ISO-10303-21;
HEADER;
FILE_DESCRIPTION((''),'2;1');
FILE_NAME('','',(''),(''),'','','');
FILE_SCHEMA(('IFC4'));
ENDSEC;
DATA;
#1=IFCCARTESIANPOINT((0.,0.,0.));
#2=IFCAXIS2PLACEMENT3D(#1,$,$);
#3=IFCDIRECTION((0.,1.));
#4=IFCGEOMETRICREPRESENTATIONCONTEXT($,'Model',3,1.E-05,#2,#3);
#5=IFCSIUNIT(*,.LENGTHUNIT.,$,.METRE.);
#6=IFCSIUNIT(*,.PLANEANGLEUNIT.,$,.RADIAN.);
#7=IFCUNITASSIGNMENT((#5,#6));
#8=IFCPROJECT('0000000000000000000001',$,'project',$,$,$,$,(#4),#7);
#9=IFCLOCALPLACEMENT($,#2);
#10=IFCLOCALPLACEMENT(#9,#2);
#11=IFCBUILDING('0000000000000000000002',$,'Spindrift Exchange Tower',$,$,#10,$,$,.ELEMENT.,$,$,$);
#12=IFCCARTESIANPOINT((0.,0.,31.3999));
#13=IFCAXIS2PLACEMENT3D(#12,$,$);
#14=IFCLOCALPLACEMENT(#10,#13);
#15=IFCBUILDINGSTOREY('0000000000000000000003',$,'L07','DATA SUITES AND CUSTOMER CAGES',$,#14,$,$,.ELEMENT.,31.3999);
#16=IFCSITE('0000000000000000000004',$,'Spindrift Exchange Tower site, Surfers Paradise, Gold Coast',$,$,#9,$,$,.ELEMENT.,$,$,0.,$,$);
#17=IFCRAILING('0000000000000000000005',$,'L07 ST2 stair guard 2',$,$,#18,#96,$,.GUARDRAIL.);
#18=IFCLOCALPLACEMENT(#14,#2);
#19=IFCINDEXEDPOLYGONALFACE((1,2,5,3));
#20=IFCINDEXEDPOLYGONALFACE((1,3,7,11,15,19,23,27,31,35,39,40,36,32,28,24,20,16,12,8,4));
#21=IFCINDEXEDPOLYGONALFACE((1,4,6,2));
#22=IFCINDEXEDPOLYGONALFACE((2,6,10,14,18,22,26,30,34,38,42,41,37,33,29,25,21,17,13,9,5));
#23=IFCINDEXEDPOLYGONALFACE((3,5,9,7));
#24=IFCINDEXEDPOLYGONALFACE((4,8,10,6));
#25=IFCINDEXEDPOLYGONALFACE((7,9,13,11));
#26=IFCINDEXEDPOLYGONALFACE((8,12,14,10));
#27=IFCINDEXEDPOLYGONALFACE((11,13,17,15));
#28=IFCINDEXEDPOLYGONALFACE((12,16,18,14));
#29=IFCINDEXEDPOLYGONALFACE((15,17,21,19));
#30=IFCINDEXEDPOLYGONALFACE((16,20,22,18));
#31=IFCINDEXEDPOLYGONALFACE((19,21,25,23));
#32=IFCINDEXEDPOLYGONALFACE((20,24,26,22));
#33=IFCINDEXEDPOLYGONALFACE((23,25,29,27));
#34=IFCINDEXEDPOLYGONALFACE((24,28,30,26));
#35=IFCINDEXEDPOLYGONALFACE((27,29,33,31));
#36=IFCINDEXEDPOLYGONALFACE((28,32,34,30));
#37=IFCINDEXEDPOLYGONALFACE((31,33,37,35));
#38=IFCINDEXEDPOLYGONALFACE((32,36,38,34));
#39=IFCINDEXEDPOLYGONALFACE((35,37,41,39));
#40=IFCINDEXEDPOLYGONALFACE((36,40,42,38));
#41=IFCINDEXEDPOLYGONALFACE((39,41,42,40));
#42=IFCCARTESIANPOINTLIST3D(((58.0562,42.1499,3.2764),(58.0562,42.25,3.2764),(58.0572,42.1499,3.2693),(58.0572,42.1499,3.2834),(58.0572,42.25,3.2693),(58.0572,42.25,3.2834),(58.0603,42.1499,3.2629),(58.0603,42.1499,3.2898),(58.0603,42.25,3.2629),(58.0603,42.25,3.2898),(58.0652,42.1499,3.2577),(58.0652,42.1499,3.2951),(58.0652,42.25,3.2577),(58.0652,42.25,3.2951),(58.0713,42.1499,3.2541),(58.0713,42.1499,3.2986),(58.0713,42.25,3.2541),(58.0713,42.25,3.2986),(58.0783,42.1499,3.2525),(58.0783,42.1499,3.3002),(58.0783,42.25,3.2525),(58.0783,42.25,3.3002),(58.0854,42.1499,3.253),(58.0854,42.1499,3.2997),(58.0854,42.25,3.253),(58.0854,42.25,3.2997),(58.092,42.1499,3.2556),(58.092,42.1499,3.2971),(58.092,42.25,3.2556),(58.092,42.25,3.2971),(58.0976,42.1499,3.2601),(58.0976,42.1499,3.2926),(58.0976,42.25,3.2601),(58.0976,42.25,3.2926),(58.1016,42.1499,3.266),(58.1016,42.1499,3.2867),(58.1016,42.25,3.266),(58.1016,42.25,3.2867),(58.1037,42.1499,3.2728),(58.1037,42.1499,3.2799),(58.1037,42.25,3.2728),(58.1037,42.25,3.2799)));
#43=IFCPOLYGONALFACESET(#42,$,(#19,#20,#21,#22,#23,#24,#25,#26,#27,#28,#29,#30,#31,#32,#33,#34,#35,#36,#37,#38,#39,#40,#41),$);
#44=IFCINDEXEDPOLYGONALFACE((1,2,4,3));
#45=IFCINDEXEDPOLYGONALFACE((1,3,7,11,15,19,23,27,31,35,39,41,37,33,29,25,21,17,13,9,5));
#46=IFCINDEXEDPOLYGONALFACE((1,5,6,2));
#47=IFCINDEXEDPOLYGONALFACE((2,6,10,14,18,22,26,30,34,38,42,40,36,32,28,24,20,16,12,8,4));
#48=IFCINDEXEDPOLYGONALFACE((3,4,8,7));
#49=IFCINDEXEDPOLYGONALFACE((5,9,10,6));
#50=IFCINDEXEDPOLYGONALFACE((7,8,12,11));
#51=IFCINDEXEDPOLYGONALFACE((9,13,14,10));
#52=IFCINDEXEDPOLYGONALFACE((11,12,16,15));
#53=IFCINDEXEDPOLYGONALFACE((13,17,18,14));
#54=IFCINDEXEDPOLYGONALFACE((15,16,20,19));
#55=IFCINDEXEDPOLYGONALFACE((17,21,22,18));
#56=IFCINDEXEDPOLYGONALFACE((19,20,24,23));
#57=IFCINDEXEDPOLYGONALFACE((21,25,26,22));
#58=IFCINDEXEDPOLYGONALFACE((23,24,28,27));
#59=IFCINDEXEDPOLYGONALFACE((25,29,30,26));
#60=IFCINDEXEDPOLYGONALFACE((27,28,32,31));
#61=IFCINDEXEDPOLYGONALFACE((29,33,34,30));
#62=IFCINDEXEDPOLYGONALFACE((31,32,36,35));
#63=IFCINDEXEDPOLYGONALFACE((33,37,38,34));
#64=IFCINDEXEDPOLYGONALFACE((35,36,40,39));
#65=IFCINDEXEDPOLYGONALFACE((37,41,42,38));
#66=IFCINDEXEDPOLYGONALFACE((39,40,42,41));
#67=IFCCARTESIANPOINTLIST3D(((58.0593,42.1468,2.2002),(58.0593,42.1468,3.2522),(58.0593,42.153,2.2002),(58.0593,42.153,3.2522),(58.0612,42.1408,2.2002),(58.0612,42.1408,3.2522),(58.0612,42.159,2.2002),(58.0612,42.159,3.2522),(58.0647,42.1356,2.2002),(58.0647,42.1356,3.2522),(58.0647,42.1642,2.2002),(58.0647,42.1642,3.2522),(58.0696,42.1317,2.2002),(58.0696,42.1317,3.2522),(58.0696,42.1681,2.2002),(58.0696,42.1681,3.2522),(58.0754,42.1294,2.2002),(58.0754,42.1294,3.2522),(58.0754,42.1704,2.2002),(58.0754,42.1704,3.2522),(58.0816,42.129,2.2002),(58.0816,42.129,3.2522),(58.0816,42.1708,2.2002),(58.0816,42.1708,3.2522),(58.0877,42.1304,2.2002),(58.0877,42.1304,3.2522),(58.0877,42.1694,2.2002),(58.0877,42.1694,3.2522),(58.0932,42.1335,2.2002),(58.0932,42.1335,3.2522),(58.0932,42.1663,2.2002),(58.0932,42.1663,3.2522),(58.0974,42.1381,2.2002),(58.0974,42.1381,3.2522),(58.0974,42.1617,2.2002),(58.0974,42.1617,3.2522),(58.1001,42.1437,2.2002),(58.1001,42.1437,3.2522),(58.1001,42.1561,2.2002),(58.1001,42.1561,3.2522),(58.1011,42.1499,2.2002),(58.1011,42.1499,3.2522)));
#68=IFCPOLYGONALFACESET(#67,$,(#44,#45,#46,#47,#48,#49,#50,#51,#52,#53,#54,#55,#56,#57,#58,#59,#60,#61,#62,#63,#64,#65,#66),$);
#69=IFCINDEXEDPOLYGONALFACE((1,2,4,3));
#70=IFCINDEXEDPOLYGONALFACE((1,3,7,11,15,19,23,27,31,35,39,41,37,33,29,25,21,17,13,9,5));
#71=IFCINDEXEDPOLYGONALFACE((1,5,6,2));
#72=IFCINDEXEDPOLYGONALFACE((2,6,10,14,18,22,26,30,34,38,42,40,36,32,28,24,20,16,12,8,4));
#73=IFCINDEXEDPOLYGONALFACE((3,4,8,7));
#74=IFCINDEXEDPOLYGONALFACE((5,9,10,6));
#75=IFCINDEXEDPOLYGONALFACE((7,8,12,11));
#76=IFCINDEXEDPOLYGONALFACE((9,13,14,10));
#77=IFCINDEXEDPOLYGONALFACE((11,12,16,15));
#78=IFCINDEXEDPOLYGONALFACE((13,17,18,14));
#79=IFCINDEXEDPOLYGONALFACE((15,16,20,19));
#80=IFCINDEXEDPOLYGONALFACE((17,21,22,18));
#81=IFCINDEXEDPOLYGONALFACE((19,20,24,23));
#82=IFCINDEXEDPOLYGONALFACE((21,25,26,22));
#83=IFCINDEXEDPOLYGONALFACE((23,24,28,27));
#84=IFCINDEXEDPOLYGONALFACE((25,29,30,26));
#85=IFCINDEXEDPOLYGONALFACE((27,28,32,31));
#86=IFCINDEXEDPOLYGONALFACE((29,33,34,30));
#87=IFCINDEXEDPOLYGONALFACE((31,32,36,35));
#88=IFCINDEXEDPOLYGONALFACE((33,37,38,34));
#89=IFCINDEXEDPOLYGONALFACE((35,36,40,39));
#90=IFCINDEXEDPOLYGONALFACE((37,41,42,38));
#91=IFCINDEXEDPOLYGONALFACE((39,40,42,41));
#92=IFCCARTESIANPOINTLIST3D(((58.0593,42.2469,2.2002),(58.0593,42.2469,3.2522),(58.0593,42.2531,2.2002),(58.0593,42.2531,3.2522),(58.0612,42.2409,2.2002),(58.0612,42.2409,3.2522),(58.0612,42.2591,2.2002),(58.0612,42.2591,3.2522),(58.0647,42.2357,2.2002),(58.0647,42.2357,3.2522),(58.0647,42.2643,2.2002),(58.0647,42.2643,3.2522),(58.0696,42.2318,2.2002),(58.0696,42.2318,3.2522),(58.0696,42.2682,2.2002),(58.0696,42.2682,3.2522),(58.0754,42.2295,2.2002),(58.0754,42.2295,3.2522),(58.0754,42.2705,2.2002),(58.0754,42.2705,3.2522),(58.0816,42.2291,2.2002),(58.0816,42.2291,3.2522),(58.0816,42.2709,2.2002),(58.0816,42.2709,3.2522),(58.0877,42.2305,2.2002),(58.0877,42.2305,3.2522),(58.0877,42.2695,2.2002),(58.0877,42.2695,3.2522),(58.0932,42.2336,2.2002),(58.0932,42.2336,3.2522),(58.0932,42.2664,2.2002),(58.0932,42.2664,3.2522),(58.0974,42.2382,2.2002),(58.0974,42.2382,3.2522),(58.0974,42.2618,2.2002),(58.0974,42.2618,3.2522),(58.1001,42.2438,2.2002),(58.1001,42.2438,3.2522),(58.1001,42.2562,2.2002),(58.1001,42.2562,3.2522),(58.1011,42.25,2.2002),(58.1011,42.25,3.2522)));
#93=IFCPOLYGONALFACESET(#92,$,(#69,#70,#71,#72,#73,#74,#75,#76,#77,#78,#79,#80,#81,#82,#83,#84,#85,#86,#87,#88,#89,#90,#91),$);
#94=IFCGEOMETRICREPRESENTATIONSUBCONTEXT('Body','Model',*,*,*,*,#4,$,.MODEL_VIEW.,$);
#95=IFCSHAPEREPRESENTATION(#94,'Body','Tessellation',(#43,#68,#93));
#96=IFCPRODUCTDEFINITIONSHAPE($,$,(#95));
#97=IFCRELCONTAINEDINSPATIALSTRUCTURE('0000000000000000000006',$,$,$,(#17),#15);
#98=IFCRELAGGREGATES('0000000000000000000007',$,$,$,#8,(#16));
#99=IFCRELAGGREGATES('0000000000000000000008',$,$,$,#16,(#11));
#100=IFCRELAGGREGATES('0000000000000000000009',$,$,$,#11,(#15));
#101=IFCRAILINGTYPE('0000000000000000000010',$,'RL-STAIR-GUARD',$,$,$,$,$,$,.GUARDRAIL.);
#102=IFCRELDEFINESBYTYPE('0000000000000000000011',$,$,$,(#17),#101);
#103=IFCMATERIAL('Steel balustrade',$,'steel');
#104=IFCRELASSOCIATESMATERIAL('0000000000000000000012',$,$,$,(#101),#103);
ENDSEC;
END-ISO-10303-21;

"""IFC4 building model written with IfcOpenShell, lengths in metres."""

from ifc_helpers import new_model, si_unit, direction, frame, origin, origin_2d, place, context, subcontext, project, spatial, circle, extrude, material, type_object, element, save


model = new_model("IFC4")

# Units and contexts
model_context = context("Model", 3, precision=1e-05, world=origin(), true_north=direction((0.0, 1.0)))
body_context = subcontext(model_context, "Body", "Model", "MODEL_VIEW")
ifc_project = project(units=[si_unit("LENGTHUNIT", "METRE"), si_unit("PLANEANGLEUNIT", "RADIAN")], contexts=[model_context])

# Site, building, storey
site_placement = place(None, origin())
site = spatial("IfcSite", under=ifc_project, at=site_placement, Name="Spindrift Exchange Tower site, Surfers Paradise, Gold Coast", CompositionType="ELEMENT", RefElevation=0.0)
building_placement = place(site_placement, origin())
building = spatial("IfcBuilding", under=site, at=building_placement, Name="Spindrift Exchange Tower", CompositionType="ELEMENT")
storey_placement = place(building_placement, frame((0.0, 0.0, 31.3999)))
storey = spatial("IfcBuildingStorey", under=building, at=storey_placement, Name="L07", Description="DATA SUITES AND CUSTOMER CAGES", CompositionType="ELEMENT", Elevation=31.3999)

# Railing
ifc_material_1 = material(Name="Steel balustrade", Category="steel")
railing_type_1 = type_object("IfcRailingType", Name="RL-STAIR-GUARD", PredefinedType="GUARDRAIL", material=ifc_material_1)
railing_1_placement = place(storey_placement, frame((58.0801, 42.1499, 2.2002)))
element("IfcRailing", 1, at=railing_1_placement, inside=storey, type_object=railing_type_1, Name="L07 ST2 stair guard 2", PredefinedType="GUARDRAIL", context=body_context, shape_type="SweptSolid", body=[
    extrude(circle(Radius=0.0239, at=origin_2d()), frame((0.0, 0.0, 1.0762), z_axis=(0.0, 1.0, 0.0), x_axis=(-1.0, 0.0, 0.0)), (0.0, 0.0, 1.0), 0.1001),
    extrude(circle(Radius=0.021, at=origin_2d()), origin(), (0.0, 0.0, 1.0), 1.052),
    extrude(circle(Radius=0.021, at=origin_2d()), frame((0.0, 0.1001, 0.0)), (0.0, 0.0, 1.0), 1.052),
])

save(model, "model.ifc")
